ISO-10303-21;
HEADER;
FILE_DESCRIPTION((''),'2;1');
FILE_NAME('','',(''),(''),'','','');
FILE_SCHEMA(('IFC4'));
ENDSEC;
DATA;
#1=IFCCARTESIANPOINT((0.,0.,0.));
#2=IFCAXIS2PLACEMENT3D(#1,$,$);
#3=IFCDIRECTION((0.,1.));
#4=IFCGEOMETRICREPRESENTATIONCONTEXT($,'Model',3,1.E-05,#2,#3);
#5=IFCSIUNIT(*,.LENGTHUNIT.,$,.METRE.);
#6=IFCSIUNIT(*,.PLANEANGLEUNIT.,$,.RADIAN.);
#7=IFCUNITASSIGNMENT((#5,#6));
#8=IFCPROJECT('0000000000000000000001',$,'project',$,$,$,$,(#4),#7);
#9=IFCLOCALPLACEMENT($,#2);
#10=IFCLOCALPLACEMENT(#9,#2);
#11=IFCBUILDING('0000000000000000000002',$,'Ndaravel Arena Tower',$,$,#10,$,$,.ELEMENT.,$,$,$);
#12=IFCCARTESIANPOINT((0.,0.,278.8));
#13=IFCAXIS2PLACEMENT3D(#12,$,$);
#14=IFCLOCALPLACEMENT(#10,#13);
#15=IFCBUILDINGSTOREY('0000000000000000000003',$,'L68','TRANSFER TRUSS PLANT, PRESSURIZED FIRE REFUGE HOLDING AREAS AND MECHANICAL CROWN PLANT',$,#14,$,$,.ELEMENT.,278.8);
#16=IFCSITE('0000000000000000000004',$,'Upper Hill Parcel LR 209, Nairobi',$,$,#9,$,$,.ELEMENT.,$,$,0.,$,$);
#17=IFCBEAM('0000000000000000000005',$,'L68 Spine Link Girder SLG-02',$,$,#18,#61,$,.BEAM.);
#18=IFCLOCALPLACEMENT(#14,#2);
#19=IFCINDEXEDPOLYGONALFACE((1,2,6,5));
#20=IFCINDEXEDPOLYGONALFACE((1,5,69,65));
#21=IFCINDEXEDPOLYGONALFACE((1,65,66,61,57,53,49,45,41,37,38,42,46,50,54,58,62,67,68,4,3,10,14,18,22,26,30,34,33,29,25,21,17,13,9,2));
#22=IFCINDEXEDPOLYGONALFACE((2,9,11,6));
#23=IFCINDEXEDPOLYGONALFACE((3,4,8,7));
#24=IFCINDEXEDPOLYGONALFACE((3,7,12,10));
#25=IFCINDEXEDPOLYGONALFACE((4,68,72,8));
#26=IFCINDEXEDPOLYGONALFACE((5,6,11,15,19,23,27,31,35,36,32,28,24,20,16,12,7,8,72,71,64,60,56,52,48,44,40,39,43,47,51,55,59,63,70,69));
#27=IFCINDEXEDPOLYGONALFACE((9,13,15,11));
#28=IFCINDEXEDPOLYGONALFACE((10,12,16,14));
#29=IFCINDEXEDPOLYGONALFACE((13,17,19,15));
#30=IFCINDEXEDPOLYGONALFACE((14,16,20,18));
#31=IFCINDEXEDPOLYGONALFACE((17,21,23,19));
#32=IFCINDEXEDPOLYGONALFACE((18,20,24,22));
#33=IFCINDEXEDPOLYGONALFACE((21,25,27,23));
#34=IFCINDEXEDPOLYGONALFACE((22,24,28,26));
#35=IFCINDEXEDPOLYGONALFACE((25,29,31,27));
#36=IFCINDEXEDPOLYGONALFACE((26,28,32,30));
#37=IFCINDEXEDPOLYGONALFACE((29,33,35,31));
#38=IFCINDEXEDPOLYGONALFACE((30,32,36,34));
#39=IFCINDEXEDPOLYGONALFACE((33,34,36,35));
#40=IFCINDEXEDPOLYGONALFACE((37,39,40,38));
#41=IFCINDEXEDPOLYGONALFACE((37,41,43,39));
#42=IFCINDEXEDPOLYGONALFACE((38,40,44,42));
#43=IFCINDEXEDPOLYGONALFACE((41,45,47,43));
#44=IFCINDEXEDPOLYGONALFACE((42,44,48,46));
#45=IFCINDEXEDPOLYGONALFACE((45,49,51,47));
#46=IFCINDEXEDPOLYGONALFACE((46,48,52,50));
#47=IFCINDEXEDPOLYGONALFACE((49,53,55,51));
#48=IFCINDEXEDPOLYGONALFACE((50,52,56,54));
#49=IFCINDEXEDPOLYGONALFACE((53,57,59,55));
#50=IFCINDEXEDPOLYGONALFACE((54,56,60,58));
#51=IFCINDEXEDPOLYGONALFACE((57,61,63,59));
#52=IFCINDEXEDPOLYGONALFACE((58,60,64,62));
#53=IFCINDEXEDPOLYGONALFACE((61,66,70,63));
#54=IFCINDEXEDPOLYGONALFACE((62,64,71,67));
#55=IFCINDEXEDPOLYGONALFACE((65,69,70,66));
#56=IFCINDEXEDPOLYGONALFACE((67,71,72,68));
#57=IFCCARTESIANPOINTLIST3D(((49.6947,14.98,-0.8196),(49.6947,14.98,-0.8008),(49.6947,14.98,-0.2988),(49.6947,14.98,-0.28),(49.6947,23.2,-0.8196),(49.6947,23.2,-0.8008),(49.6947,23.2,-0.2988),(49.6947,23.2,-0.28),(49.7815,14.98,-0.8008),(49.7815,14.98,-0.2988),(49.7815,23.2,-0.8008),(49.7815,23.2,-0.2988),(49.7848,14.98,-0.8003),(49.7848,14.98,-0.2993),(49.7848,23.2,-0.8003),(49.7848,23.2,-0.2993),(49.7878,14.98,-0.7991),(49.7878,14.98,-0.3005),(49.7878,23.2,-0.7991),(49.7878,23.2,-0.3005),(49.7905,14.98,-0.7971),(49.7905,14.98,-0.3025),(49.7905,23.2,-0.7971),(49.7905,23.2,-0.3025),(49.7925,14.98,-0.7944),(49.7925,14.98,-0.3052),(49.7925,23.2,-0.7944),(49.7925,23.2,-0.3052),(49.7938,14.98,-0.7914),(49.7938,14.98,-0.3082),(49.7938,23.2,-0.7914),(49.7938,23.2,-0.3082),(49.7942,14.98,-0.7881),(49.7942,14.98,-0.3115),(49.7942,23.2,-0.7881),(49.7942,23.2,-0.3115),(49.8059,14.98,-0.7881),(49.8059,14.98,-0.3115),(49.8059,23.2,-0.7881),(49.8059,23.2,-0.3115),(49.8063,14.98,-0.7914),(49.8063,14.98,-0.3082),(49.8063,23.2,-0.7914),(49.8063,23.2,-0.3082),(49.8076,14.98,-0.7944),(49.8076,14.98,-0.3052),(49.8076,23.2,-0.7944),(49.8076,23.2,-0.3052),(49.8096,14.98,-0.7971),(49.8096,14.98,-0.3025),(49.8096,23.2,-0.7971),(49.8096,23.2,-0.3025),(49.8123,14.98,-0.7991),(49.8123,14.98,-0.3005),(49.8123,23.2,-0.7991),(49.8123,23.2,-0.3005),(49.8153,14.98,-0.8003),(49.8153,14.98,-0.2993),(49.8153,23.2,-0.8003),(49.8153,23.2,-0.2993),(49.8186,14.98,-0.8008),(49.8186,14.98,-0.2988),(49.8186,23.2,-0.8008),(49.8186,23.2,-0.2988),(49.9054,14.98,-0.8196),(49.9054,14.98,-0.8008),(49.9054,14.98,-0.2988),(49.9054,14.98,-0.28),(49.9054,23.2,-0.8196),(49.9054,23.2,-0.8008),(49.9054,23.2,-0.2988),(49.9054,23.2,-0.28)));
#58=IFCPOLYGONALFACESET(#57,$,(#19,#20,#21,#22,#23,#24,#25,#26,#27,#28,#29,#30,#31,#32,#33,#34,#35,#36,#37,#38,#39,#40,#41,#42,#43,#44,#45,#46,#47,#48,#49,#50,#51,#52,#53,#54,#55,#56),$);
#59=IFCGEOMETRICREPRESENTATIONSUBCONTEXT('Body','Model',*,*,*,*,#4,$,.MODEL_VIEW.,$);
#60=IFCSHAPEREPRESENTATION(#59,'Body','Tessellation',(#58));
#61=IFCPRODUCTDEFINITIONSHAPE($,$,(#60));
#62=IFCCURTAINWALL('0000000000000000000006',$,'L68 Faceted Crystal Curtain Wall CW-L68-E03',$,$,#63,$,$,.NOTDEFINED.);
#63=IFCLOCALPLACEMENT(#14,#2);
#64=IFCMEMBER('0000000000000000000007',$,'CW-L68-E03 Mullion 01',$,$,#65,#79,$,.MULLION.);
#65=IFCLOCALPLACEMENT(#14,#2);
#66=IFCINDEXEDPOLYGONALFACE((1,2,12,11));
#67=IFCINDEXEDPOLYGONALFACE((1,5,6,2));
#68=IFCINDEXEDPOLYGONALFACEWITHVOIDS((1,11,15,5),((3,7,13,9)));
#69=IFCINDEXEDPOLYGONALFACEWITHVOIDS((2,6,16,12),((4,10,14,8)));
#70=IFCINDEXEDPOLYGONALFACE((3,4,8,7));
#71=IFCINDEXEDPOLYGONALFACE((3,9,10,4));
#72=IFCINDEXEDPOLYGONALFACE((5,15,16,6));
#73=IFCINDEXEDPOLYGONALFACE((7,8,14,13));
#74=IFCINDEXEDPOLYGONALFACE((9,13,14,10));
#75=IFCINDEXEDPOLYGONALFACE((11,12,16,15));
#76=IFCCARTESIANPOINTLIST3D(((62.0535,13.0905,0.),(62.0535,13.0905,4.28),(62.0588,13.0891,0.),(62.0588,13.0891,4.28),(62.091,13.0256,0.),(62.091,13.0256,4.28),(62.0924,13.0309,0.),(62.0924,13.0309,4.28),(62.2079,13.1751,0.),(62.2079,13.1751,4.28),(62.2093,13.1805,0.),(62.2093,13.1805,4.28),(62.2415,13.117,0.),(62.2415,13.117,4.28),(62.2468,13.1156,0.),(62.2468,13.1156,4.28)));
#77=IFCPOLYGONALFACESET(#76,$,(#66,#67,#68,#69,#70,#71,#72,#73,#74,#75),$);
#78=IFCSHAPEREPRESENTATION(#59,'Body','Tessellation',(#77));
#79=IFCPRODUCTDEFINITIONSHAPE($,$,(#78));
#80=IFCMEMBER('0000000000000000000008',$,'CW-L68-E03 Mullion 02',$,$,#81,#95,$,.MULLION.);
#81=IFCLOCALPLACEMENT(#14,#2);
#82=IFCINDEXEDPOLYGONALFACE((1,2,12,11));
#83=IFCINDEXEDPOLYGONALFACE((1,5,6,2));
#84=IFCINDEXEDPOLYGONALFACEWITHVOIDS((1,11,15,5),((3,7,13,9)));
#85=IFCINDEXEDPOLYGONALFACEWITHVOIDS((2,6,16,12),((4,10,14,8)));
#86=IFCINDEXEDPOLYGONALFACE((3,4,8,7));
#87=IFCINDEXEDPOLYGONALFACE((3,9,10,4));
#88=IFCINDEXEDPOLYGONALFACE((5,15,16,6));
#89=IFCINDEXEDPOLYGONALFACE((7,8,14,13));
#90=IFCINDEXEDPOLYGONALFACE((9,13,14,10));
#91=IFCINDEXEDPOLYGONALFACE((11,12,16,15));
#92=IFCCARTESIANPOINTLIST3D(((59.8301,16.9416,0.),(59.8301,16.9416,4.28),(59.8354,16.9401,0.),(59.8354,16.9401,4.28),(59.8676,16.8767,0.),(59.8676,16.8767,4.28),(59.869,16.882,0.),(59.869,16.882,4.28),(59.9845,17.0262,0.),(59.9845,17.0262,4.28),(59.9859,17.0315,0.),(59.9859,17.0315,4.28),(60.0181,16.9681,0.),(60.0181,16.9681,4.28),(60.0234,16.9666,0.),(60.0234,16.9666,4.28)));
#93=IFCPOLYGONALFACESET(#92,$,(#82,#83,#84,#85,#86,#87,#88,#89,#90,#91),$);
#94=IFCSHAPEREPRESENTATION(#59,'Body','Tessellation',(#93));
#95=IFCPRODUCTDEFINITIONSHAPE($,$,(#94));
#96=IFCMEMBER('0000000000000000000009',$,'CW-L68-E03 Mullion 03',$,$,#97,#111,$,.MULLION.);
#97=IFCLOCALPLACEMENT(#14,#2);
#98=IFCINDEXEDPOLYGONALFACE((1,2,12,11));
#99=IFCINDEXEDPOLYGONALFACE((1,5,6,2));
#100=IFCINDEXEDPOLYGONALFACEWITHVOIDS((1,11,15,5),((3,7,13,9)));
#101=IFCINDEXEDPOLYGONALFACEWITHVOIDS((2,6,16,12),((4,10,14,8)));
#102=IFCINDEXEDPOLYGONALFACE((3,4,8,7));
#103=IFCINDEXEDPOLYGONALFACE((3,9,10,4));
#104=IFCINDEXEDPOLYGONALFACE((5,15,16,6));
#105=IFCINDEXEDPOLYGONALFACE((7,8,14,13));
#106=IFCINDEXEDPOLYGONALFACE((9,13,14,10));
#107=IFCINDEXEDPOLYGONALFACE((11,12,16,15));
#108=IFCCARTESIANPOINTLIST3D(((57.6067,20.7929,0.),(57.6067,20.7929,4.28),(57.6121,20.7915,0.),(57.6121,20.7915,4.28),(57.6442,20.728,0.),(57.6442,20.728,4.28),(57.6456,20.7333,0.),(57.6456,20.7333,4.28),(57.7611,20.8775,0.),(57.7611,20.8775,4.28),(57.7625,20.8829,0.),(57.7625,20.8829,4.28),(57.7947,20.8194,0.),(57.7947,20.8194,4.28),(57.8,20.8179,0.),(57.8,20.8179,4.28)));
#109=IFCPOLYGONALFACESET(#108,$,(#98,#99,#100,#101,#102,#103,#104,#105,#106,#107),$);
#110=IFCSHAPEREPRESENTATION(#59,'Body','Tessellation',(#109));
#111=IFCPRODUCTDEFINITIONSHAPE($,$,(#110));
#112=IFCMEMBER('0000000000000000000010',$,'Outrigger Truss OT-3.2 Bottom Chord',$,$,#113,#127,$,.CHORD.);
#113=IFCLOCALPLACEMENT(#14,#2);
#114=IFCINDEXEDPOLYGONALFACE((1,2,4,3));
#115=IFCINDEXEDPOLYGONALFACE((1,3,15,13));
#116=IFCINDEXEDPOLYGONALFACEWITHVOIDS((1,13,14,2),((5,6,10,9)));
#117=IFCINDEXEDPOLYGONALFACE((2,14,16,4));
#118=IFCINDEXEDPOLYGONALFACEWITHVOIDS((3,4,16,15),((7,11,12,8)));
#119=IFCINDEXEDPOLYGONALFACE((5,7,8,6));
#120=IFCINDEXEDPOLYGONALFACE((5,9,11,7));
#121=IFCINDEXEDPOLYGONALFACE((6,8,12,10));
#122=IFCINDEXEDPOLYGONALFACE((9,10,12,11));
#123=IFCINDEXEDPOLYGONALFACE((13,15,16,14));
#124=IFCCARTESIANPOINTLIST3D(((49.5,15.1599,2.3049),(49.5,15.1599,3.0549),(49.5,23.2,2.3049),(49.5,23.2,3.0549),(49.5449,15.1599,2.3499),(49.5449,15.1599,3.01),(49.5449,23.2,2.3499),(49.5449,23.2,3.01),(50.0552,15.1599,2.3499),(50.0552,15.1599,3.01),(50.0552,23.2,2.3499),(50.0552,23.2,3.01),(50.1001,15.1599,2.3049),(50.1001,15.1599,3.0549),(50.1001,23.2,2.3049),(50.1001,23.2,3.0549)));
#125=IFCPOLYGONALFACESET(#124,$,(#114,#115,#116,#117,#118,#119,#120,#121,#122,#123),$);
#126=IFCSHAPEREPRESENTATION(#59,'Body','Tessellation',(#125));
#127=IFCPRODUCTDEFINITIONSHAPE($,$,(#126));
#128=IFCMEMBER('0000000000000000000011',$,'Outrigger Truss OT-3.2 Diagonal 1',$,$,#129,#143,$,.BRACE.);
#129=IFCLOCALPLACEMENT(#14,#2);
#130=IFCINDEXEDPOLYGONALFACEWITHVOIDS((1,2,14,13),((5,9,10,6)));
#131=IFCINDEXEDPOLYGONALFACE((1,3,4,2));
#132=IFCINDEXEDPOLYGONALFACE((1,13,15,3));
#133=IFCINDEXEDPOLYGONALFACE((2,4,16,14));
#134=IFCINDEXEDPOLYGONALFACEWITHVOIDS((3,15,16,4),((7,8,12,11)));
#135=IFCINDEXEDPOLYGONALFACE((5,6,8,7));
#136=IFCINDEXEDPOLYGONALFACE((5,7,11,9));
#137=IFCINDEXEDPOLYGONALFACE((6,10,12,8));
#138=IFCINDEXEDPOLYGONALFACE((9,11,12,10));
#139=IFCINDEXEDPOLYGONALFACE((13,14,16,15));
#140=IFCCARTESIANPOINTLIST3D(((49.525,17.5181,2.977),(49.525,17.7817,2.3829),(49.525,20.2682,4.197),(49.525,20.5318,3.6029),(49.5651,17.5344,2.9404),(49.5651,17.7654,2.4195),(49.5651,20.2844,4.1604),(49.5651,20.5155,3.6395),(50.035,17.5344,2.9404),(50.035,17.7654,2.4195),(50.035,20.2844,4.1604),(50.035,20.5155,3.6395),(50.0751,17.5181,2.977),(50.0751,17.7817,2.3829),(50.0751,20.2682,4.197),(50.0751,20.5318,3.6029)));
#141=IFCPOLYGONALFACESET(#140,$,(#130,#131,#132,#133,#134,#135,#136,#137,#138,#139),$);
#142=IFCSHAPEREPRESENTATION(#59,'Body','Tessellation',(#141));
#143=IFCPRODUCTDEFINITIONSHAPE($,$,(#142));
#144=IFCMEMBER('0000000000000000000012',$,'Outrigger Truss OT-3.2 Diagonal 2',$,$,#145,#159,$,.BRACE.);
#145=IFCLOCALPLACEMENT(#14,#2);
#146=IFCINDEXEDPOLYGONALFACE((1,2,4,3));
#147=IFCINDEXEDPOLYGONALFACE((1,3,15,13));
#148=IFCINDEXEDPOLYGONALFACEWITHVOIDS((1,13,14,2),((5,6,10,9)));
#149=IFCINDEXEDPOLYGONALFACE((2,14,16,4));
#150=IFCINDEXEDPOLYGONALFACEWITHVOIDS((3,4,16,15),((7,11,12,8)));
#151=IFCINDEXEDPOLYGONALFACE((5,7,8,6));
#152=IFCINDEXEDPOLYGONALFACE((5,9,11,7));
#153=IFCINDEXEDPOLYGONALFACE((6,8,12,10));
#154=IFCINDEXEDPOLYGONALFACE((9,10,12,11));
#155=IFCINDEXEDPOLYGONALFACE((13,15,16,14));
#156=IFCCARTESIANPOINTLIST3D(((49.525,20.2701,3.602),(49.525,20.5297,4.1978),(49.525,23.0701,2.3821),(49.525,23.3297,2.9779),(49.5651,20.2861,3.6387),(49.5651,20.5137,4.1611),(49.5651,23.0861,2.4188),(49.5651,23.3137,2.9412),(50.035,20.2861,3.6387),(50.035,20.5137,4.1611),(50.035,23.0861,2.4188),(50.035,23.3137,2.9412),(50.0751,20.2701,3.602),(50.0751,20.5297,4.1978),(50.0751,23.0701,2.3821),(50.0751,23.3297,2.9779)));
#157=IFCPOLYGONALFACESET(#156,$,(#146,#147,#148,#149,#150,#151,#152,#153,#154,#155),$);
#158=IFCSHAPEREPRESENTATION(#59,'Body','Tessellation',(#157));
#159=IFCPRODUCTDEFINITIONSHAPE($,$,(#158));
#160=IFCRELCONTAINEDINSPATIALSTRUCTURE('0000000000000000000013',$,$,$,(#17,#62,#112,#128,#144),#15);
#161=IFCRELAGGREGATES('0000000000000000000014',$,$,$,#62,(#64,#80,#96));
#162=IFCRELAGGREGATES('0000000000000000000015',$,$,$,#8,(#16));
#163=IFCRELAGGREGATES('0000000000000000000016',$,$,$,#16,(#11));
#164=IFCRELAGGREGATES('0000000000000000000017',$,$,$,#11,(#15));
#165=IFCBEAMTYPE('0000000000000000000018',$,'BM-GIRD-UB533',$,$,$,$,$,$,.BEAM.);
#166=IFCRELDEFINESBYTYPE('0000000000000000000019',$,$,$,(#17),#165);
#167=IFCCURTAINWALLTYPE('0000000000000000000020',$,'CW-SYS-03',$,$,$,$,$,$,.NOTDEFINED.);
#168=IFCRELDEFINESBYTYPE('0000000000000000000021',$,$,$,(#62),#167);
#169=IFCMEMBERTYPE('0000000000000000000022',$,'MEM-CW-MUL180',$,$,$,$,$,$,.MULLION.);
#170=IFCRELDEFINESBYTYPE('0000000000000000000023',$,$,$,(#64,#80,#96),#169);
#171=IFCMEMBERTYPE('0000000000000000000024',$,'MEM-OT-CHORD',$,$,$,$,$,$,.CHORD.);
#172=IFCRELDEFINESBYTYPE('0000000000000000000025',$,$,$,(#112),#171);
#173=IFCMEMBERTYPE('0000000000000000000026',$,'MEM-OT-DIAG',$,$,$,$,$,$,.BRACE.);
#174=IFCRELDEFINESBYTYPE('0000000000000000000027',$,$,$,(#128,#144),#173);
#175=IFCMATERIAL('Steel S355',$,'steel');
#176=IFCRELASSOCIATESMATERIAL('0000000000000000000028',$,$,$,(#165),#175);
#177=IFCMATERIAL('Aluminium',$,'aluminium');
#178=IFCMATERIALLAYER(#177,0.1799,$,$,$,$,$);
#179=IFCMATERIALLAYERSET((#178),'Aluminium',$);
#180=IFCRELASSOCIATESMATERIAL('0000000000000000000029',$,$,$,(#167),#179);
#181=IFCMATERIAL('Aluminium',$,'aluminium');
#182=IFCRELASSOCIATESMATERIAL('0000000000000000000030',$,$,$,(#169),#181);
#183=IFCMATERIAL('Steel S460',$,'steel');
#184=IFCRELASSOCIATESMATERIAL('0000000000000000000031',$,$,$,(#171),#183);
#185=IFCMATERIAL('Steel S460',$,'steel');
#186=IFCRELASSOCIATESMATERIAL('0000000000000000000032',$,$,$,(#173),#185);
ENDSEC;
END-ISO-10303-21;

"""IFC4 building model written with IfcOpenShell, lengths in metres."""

from ifc_helpers import new_model, si_unit, direction, frame, origin, origin_2d, place, context, subcontext, project, spatial, hollow_rectangle, i_section, extrude, material, layer, layer_set, material_profile, profile_set, type_object, element, aggregate, save


model = new_model("IFC4")

# Units and contexts
model_context = context("Model", 3, precision=1e-05, world=origin(), true_north=direction((0.0, 1.0)))
body_context = subcontext(model_context, "Body", "Model", "MODEL_VIEW")
ifc_project = project(units=[si_unit("LENGTHUNIT", "METRE"), si_unit("PLANEANGLEUNIT", "RADIAN")], contexts=[model_context])

# Site, building, storey
site_placement = place(None, origin())
site = spatial("IfcSite", under=ifc_project, at=site_placement, Name="Upper Hill Parcel LR 209, Nairobi", CompositionType="ELEMENT", RefElevation=0.0)
building_placement = place(site_placement, origin())
building = spatial("IfcBuilding", under=site, at=building_placement, Name="Ndaravel Arena Tower", CompositionType="ELEMENT")
storey_placement = place(building_placement, frame((0.0, 0.0, 278.8)))
storey = spatial("IfcBuildingStorey", under=building, at=storey_placement, Name="L68", Description="TRANSFER TRUSS PLANT, PRESSURIZED FIRE REFUGE HOLDING AREAS AND MECHANICAL CROWN PLANT", CompositionType="ELEMENT", Elevation=278.8)

# Beam
ifc_material_1 = material(Name="Steel S355", Category="steel")
ifc_material_profile_1 = material_profile(ifc_material_1, i_section(OverallWidth=0.2107, OverallDepth=0.5396, WebThickness=0.0117, FlangeThickness=0.0188, FilletRadius=0.0127, at=origin_2d()), Name="UB 533x210x109")
ifc_profile_set_1 = profile_set([ifc_material_profile_1], Name="Steel S355")
beam_type = type_object("IfcBeamType", Name="BM-GIRD-UB533", PredefinedType="BEAM", material=ifc_profile_set_1)
beam_placement = place(storey_placement, frame((49.8, 14.98, -0.5498), z_axis=(0.0, 1.0, 0.0), x_axis=(-1.0, 0.0, 0.0)))
element("IfcBeam", 1, at=beam_placement, inside=storey, type_object=beam_type, Name="L68 Spine Link Girder SLG-02", PredefinedType="BEAM", context=body_context, shape_type="SweptSolid", body=[
    extrude(i_section(OverallWidth=0.2107, OverallDepth=0.5396, WebThickness=0.0117, FlangeThickness=0.0188, FilletRadius=0.0127, at=origin_2d()), origin(), (0.0, 0.0, 1.0), 8.22),
])

# Curtain wall, members
ifc_material_2 = material(Name="Aluminium", Category="aluminium")
ifc_layer_1 = layer(ifc_material_2, 0.1799)
ifc_layer_set_1 = layer_set([ifc_layer_1], Name="Aluminium")
curtain_wall_type = type_object("IfcCurtainWallType", Name="CW-SYS-03", PredefinedType="NOTDEFINED", material=ifc_layer_set_1)
curtain_wall_placement = place(storey_placement, origin())
curtain_wall = element("IfcCurtainWall", 2, at=curtain_wall_placement, inside=storey, type_object=curtain_wall_type, Name="L68 Faceted Crystal Curtain Wall CW-L68-E03", PredefinedType="NOTDEFINED")
ifc_material_3 = material(Name="Aluminium", Category="aluminium")
ifc_material_profile_2 = material_profile(ifc_material_3, hollow_rectangle(XDim=0.075, YDim=0.1799, WallThickness=0.0039, at=origin_2d()), Name="CW MULLION 75x180x4")
ifc_profile_set_2 = profile_set([ifc_material_profile_2], Name="Aluminium")
member_type_1 = type_object("IfcMemberType", Name="MEM-CW-MUL180", PredefinedType="MULLION", material=ifc_profile_set_2)
member_1_placement = place(storey_placement, frame((62.1501, 13.103, 0.0), z_axis=(0.0, 0.0, 1.0), x_axis=(-0.5, 0.866025, 0.0)))
member_1 = element("IfcMember", 3, at=member_1_placement, type_object=member_type_1, Name="CW-L68-E03 Mullion 01", PredefinedType="MULLION", context=body_context, shape_type="SweptSolid", body=[
    extrude(hollow_rectangle(XDim=0.075, YDim=0.1799, WallThickness=0.0039, at=origin_2d()), origin(), (0.0, 0.0, 1.0), 4.28),
])
member_2_placement = place(storey_placement, frame((59.9268, 16.9541, 0.0), z_axis=(0.0, 0.0, 1.0), x_axis=(-0.5, 0.866025, 0.0)))
member_2 = element("IfcMember", 4, at=member_2_placement, type_object=member_type_1, Name="CW-L68-E03 Mullion 02", PredefinedType="MULLION", context=body_context, shape_type="SweptSolid", body=[
    extrude(hollow_rectangle(XDim=0.075, YDim=0.1799, WallThickness=0.0039, at=origin_2d()), origin(), (0.0, 0.0, 1.0), 4.28),
])
member_3_placement = place(storey_placement, frame((57.7034, 20.8054, 0.0), z_axis=(0.0, 0.0, 1.0), x_axis=(-0.5, 0.866025, 0.0)))
member_3 = element("IfcMember", 5, at=member_3_placement, type_object=member_type_1, Name="CW-L68-E03 Mullion 03", PredefinedType="MULLION", context=body_context, shape_type="SweptSolid", body=[
    extrude(hollow_rectangle(XDim=0.075, YDim=0.1799, WallThickness=0.0039, at=origin_2d()), origin(), (0.0, 0.0, 1.0), 4.28),
])

# Members
ifc_material_4 = material(Name="Steel S460", Category="steel")
ifc_material_profile_3 = material_profile(ifc_material_4, hollow_rectangle(XDim=0.6001, YDim=0.75, WallThickness=0.0449, at=origin_2d()), Name="BOX 750x600x45")
ifc_profile_set_3 = profile_set([ifc_material_profile_3], Name="Steel S460")
member_type_2 = type_object("IfcMemberType", Name="MEM-OT-CHORD", PredefinedType="CHORD", material=ifc_profile_set_3)
member_4_placement = place(storey_placement, frame((49.8, 15.1599, 2.6799), z_axis=(0.0, 1.0, 0.0), x_axis=(-1.0, 0.0, 0.0)))
element("IfcMember", 6, at=member_4_placement, inside=storey, type_object=member_type_2, Name="Outrigger Truss OT-3.2 Bottom Chord", PredefinedType="CHORD", context=body_context, shape_type="SweptSolid", body=[
    extrude(hollow_rectangle(XDim=0.6001, YDim=0.75, WallThickness=0.0449, at=origin_2d()), origin(), (0.0, 0.0, 1.0), 8.04),
])
ifc_material_5 = material(Name="Steel S460", Category="steel")
ifc_material_profile_4 = material_profile(ifc_material_5, hollow_rectangle(XDim=0.55, YDim=0.6499, WallThickness=0.04, at=origin_2d()), Name="BOX 650x550x40")
ifc_profile_set_4 = profile_set([ifc_material_profile_4], Name="Steel S460")
member_type_3 = type_object("IfcMemberType", Name="MEM-OT-DIAG", PredefinedType="BRACE", material=ifc_profile_set_4)
member_5_placement = place(storey_placement, frame((49.8, 17.6499, 2.6799), z_axis=(0.0, 0.914089, 0.405513), x_axis=(-1.0, 0.0, 0.0)))
element("IfcMember", 7, at=member_5_placement, inside=storey, type_object=member_type_3, Name="Outrigger Truss OT-3.2 Diagonal 1", PredefinedType="BRACE", context=body_context, shape_type="SweptSolid", body=[
    extrude(hollow_rectangle(XDim=0.55, YDim=0.6499, WallThickness=0.04, at=origin_2d()), origin(), (0.0, 0.0, 1.0), 3.0085),
])
member_6_placement = place(storey_placement, frame((49.8, 20.3999, 3.8999), z_axis=(0.0, 0.916764, -0.39943), x_axis=(-1.0, 0.0, 0.0)))
element("IfcMember", 8, at=member_6_placement, inside=storey, type_object=member_type_3, Name="Outrigger Truss OT-3.2 Diagonal 2", PredefinedType="BRACE", context=body_context, shape_type="SweptSolid", body=[
    extrude(hollow_rectangle(XDim=0.55, YDim=0.6499, WallThickness=0.04, at=origin_2d()), origin(), (0.0, 0.0, 1.0), 3.0542),
])

aggregate(curtain_wall, [member_1, member_2, member_3])

save(model, "model.ifc")
